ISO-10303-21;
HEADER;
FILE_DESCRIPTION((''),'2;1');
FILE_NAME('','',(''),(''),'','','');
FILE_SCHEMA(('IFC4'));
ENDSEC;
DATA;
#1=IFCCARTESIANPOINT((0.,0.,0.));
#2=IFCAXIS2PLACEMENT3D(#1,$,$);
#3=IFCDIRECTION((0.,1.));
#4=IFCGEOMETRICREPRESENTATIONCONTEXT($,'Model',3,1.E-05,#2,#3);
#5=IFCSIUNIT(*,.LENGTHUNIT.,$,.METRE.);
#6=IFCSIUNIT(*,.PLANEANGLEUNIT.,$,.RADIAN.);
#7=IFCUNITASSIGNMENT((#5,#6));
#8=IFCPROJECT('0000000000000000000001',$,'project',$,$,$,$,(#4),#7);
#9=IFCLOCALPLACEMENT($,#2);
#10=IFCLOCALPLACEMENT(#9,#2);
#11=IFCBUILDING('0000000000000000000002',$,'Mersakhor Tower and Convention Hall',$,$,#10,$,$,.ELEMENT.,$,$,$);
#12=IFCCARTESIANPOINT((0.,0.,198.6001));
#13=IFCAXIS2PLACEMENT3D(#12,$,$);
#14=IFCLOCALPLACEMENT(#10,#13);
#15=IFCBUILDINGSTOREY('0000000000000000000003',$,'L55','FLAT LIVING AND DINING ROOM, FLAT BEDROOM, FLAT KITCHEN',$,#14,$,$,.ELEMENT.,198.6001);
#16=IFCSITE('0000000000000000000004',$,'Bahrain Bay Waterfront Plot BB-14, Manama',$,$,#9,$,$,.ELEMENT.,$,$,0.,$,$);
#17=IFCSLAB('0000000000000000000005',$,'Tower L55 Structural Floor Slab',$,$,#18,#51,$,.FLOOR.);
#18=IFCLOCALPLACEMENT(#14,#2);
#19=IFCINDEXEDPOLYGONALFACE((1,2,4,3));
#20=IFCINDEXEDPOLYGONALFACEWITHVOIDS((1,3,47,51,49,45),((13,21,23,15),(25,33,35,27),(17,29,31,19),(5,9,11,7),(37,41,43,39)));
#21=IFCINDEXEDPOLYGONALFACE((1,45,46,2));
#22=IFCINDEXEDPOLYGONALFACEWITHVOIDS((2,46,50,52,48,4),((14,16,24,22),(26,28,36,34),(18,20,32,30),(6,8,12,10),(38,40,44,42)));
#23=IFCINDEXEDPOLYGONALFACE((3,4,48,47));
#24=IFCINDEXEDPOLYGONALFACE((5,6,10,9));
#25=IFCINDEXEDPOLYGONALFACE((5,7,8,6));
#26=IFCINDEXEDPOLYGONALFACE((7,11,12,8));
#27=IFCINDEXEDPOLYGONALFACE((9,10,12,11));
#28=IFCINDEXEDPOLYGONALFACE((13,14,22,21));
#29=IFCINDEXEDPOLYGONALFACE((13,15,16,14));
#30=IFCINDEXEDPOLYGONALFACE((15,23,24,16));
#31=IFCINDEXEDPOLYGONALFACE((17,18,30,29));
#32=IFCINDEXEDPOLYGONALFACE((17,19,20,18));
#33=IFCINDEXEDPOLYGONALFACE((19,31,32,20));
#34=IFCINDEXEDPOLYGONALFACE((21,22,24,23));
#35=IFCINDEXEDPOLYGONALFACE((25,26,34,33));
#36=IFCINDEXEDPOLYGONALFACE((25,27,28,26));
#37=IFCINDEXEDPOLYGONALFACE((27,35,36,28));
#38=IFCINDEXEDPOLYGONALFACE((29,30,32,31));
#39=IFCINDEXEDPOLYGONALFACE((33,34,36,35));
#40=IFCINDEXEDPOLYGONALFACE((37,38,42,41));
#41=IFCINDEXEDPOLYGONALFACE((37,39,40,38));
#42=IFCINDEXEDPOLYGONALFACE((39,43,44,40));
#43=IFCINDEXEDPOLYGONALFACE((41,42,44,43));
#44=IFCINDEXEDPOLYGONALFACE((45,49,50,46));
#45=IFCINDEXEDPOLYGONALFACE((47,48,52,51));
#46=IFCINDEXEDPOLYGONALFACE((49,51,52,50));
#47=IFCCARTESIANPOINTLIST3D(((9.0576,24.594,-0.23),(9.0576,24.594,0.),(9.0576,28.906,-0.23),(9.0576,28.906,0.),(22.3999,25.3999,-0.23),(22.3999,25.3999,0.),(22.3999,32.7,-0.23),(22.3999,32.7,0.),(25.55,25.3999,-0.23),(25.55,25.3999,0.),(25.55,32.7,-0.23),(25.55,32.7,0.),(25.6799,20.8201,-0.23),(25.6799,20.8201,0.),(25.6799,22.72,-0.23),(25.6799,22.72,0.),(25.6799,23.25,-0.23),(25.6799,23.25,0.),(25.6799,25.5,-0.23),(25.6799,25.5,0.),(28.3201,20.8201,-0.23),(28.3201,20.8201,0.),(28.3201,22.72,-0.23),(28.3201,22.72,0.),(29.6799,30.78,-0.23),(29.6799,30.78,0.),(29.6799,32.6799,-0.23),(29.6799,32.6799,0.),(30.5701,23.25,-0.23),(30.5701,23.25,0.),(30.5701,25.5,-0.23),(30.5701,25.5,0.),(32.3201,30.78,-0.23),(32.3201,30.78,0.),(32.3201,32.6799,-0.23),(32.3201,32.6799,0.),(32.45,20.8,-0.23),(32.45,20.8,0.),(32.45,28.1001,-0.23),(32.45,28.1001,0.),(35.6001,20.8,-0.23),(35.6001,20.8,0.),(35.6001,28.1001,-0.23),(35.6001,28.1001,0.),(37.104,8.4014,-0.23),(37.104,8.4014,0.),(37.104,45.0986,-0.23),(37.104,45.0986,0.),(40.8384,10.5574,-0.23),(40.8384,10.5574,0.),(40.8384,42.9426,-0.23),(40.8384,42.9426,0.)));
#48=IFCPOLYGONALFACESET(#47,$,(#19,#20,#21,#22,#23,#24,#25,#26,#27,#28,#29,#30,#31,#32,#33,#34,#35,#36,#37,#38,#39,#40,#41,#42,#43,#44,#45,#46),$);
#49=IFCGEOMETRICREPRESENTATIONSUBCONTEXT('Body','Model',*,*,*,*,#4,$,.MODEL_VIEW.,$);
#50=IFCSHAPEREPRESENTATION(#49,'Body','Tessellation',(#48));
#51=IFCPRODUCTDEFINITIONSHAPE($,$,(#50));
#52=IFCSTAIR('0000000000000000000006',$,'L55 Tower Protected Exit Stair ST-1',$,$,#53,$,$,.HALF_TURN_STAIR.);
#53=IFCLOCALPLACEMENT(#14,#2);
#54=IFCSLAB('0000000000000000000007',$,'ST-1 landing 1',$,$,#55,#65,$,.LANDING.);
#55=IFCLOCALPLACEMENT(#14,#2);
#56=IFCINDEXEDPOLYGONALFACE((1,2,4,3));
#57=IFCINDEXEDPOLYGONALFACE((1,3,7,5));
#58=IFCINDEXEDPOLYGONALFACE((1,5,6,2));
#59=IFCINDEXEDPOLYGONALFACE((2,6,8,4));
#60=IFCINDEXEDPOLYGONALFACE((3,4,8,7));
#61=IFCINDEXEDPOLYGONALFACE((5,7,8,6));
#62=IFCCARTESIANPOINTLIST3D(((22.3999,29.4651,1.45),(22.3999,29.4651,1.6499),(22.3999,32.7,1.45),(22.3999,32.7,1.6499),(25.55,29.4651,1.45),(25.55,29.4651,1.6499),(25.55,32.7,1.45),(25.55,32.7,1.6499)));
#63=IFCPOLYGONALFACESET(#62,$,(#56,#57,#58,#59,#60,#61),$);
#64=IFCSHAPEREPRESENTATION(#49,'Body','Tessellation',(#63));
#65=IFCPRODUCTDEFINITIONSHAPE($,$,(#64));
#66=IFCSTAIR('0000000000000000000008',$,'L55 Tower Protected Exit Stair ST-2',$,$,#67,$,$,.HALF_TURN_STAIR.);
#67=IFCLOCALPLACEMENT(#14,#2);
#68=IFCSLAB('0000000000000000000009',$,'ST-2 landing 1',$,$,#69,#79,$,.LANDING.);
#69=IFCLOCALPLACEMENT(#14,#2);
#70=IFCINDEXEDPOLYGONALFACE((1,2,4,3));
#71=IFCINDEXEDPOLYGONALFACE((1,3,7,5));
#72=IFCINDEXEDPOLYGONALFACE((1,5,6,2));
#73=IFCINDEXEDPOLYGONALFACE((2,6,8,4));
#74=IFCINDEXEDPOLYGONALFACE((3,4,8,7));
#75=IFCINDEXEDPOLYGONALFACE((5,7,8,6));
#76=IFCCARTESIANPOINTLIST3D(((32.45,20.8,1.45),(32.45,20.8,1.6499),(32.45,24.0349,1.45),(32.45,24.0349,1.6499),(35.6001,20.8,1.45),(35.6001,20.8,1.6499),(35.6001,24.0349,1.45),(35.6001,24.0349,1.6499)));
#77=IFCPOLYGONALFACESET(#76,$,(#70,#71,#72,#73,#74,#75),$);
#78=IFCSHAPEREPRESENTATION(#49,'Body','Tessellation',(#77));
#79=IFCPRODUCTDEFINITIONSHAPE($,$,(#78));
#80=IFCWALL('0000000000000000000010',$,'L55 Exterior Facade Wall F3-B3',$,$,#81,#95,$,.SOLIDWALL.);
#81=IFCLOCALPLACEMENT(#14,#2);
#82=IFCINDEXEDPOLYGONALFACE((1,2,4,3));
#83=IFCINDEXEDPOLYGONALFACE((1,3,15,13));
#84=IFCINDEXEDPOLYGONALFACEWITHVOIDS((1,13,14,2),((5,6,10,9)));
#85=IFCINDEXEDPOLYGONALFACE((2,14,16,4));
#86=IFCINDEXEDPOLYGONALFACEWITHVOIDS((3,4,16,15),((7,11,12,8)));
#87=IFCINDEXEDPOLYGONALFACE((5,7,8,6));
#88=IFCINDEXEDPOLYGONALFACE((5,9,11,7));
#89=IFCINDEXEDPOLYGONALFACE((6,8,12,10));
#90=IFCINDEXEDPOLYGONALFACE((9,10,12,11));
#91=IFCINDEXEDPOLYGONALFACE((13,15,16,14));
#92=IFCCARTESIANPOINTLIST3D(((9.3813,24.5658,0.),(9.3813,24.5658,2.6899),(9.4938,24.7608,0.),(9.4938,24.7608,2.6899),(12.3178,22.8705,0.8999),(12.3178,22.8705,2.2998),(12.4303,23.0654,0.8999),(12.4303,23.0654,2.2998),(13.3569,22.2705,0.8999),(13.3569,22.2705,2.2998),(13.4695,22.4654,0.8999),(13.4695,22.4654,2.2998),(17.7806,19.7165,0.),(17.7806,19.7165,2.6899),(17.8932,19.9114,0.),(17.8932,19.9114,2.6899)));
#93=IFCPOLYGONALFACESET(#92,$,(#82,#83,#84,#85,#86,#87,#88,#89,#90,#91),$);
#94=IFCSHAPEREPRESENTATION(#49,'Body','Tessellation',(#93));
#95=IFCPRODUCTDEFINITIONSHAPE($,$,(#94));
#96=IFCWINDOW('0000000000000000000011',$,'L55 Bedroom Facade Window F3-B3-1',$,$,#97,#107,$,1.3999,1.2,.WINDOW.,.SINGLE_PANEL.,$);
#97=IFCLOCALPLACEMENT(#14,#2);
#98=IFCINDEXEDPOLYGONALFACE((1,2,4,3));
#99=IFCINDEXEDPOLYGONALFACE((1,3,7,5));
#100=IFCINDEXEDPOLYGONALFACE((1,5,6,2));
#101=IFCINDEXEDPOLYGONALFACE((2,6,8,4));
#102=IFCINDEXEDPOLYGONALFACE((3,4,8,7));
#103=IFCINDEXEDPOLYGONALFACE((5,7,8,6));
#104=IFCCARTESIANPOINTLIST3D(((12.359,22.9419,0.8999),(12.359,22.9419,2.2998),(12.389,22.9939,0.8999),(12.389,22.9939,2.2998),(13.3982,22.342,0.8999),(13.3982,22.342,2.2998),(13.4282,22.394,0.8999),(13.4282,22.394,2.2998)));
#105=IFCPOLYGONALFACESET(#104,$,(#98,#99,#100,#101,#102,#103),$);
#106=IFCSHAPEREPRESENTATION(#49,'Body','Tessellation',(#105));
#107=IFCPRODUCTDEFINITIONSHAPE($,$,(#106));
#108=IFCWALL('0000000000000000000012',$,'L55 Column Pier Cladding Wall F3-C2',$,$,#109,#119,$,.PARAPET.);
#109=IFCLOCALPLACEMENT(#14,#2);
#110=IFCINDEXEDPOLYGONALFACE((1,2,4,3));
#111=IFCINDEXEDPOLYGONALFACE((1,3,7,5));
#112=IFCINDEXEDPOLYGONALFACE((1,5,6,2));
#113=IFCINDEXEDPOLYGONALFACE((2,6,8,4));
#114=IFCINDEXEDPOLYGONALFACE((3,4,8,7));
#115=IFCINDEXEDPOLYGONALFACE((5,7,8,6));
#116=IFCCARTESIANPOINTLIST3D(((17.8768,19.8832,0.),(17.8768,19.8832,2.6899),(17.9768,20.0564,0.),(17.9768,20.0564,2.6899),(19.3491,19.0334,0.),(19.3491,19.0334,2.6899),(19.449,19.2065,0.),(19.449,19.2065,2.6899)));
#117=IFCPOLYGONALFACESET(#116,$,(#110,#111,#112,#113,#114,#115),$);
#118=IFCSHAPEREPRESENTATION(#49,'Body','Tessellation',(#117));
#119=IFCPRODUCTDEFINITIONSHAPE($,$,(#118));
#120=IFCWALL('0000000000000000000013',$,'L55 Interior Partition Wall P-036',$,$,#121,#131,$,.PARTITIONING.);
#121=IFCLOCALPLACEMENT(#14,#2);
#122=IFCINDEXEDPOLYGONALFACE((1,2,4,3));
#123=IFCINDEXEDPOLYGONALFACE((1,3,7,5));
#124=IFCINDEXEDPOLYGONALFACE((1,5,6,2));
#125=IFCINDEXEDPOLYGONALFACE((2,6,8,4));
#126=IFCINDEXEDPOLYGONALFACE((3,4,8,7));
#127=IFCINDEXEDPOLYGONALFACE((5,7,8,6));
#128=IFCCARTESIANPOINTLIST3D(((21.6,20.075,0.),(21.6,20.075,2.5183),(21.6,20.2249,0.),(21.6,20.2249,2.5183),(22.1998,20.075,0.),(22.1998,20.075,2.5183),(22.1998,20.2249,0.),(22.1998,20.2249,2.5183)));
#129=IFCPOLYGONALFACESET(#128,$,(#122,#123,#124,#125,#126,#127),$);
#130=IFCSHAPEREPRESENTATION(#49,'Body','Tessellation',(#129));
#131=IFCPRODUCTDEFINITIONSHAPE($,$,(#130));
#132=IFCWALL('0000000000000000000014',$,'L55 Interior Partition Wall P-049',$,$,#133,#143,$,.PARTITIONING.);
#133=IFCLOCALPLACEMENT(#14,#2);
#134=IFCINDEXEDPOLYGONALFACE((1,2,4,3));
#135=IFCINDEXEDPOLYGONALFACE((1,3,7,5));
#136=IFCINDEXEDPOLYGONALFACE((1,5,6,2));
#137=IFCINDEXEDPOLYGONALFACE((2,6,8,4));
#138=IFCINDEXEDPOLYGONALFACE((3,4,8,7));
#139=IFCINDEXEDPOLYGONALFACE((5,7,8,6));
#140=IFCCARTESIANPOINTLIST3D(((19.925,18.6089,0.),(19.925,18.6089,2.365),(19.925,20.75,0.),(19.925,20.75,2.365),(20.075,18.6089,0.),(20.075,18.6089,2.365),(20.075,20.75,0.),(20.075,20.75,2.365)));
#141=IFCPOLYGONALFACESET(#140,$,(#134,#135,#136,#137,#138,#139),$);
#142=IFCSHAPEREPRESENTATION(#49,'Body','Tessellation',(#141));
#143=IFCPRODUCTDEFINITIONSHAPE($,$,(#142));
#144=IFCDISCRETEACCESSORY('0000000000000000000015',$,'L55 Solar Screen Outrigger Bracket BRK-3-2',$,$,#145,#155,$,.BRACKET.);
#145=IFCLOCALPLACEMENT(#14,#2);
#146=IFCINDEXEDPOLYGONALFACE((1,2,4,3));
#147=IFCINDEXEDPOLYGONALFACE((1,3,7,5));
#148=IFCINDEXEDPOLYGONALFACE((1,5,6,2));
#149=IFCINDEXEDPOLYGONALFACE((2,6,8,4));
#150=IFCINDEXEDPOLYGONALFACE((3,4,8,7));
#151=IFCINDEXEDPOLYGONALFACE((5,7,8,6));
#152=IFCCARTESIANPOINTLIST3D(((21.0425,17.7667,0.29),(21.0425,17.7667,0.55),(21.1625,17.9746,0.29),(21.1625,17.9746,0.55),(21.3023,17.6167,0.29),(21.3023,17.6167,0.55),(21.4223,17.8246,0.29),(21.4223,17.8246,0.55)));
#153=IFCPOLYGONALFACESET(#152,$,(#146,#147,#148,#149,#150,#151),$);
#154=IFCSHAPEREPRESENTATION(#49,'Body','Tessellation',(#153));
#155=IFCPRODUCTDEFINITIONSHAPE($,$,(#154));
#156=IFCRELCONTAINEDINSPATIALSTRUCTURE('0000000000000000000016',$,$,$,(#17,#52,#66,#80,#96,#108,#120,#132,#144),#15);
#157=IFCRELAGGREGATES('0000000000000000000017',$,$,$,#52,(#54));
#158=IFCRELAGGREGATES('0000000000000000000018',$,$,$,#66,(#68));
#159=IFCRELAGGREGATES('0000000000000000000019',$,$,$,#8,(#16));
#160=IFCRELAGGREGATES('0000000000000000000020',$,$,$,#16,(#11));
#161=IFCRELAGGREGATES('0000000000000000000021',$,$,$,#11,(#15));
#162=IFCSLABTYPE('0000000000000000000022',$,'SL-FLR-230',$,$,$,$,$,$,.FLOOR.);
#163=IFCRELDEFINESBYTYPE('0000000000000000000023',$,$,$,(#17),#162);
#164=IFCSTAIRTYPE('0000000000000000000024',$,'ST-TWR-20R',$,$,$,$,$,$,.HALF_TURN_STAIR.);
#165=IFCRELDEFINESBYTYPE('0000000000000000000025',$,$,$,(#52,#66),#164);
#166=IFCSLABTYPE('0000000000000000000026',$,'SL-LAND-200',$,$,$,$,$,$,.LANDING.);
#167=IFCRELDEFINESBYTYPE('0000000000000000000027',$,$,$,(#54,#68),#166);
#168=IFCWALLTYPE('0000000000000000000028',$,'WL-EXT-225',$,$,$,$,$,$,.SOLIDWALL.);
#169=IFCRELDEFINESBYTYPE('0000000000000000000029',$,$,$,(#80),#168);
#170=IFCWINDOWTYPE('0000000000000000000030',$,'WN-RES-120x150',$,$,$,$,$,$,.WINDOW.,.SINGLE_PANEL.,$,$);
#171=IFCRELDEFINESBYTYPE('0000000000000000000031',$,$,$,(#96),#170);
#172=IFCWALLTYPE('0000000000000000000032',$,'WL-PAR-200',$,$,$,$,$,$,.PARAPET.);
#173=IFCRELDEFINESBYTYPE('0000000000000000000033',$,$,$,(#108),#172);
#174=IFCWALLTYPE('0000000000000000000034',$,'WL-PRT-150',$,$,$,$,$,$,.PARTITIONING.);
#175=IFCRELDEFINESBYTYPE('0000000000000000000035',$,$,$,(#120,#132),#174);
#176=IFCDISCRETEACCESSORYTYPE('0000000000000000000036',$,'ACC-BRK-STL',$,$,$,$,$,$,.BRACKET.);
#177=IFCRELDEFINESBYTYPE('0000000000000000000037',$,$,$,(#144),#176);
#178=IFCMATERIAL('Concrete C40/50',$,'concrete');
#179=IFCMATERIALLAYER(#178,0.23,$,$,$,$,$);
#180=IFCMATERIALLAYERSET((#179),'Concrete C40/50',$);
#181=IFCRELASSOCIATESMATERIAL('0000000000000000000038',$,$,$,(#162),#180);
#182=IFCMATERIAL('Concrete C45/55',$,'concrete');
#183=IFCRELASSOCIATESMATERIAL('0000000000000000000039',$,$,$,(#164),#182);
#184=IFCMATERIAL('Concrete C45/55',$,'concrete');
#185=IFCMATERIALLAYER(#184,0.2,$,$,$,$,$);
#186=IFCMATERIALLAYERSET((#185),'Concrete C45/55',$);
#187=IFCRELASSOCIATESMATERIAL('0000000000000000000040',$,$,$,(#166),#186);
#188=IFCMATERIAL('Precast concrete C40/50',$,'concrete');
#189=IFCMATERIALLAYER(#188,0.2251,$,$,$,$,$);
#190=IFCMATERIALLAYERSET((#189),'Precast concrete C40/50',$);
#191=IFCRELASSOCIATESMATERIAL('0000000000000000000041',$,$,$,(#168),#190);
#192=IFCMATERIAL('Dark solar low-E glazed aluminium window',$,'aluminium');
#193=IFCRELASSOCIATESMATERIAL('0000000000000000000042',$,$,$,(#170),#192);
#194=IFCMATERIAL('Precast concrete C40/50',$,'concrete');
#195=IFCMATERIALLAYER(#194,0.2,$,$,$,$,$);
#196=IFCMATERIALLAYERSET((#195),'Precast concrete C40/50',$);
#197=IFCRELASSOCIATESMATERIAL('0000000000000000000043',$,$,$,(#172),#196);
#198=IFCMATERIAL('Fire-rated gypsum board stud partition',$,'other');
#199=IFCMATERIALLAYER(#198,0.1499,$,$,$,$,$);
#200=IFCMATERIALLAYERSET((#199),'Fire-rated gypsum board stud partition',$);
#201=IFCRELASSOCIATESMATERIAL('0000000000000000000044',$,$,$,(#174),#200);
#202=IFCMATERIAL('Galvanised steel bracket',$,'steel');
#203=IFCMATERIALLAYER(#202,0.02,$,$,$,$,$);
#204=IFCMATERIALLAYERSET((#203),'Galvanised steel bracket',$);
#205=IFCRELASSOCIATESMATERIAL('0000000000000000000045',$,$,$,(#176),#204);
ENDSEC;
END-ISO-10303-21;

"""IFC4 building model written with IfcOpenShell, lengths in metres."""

from ifc_helpers import new_model, si_unit, direction, frame, frame_2d, origin, origin_2d, place, context, subcontext, project, spatial, polyline, rectangle, outline, extrude, material, layer, layer_set, type_object, element, fill, aggregate, save


model = new_model("IFC4")

# Units and contexts
model_context = context("Model", 3, precision=1e-05, world=origin(), true_north=direction((0.0, 1.0)))
body_context = subcontext(model_context, "Body", "Model", "MODEL_VIEW")
ifc_project = project(units=[si_unit("LENGTHUNIT", "METRE"), si_unit("PLANEANGLEUNIT", "RADIAN")], contexts=[model_context])

# Site, building, storey
site_placement = place(None, origin())
site = spatial("IfcSite", under=ifc_project, at=site_placement, Name="Bahrain Bay Waterfront Plot BB-14, Manama", CompositionType="ELEMENT", RefElevation=0.0)
building_placement = place(site_placement, origin())
building = spatial("IfcBuilding", under=site, at=building_placement, Name="Mersakhor Tower and Convention Hall", CompositionType="ELEMENT")
storey_placement = place(building_placement, frame((0.0, 0.0, 198.6001)))
storey = spatial("IfcBuildingStorey", under=building, at=storey_placement, Name="L55", Description="FLAT LIVING AND DINING ROOM, FLAT BEDROOM, FLAT KITCHEN", CompositionType="ELEMENT", Elevation=198.6001)

# Slab
ifc_material_1 = material(Name="Concrete C40/50", Category="concrete")
ifc_layer_1 = layer(ifc_material_1, 0.23)
ifc_layer_set_1 = layer_set([ifc_layer_1], Name="Concrete C40/50")
slab_type_1 = type_object("IfcSlabType", Name="SL-FLR-230", PredefinedType="FLOOR", material=ifc_layer_set_1)
slab_1_placement = place(storey_placement, frame((0.0, 0.0, -0.23)))
element("IfcSlab", 1, at=slab_1_placement, inside=storey, type_object=slab_type_1, Name="Tower L55 Structural Floor Slab", PredefinedType="FLOOR", context=body_context, shape_type="SweptSolid", body=[
    extrude(outline(polyline([(9.0576, 28.906), (37.104, 45.0986), (40.8384, 42.9426), (40.8384, 10.5574), (37.104, 8.4014), (9.0576, 24.594), (9.0576, 28.906)]), holes=[polyline([(25.55, 25.3999), (25.55, 32.7), (22.3999, 32.7), (22.3999, 25.3999), (25.55, 25.3999)]), polyline([(32.45, 28.1001), (32.45, 20.8), (35.6001, 20.8), (35.6001, 28.1001), (32.45, 28.1001)]), polyline([(25.6799, 20.8201), (25.6799, 22.72), (28.3201, 22.72), (28.3201, 20.8201), (25.6799, 20.8201)]), polyline([(29.6799, 30.78), (29.6799, 32.6799), (32.3201, 32.6799), (32.3201, 30.78), (29.6799, 30.78)]), polyline([(25.6799, 23.25), (25.6799, 25.5), (30.5701, 25.5), (30.5701, 23.25), (25.6799, 23.25)])]), origin(), (0.0, 0.0, 1.0), 0.23),
])

# Stairs, slabs
ifc_material_2 = material(Name="Concrete C45/55", Category="concrete")
stair_type = type_object("IfcStairType", Name="ST-TWR-20R", PredefinedType="HALF_TURN_STAIR", material=ifc_material_2)
stair_1_placement = place(storey_placement, origin())
stair_1 = element("IfcStair", 2, at=stair_1_placement, inside=storey, type_object=stair_type, Name="L55 Tower Protected Exit Stair ST-1", PredefinedType="HALF_TURN_STAIR")
ifc_material_3 = material(Name="Concrete C45/55", Category="concrete")
ifc_layer_2 = layer(ifc_material_3, 0.2)
ifc_layer_set_2 = layer_set([ifc_layer_2], Name="Concrete C45/55")
slab_type_2 = type_object("IfcSlabType", Name="SL-LAND-200", PredefinedType="LANDING", material=ifc_layer_set_2)
slab_2_placement = place(storey_placement, frame((0.0, 0.0, 1.45)))
slab_2 = element("IfcSlab", 3, at=slab_2_placement, type_object=slab_type_2, Name="ST-1 landing 1", PredefinedType="LANDING", context=body_context, shape_type="SweptSolid", body=[
    extrude(outline(polyline([(25.55, 29.4651), (25.55, 32.7), (22.3999, 32.7), (22.3999, 29.4651), (25.55, 29.4651)])), origin(), (0.0, 0.0, 1.0), 0.2),
])
aggregate(stair_1, [slab_2])
stair_2_placement = place(storey_placement, origin())
stair_2 = element("IfcStair", 4, at=stair_2_placement, inside=storey, type_object=stair_type, Name="L55 Tower Protected Exit Stair ST-2", PredefinedType="HALF_TURN_STAIR")
slab_3_placement = place(storey_placement, frame((0.0, 0.0, 1.45)))
slab_3 = element("IfcSlab", 5, at=slab_3_placement, type_object=slab_type_2, Name="ST-2 landing 1", PredefinedType="LANDING", context=body_context, shape_type="SweptSolid", body=[
    extrude(outline(polyline([(32.45, 24.0349), (32.45, 20.8), (35.6001, 20.8), (35.6001, 24.0349), (32.45, 24.0349)])), origin(), (0.0, 0.0, 1.0), 0.2),
])
aggregate(stair_2, [slab_3])

# Wall, opening, window
ifc_material_4 = material(Name="Precast concrete C40/50", Category="concrete")
ifc_layer_3 = layer(ifc_material_4, 0.2251)
ifc_layer_set_3 = layer_set([ifc_layer_3], Name="Precast concrete C40/50")
wall_type_1 = type_object("IfcWallType", Name="WL-EXT-225", PredefinedType="SOLIDWALL", material=ifc_layer_set_3)
wall_1_placement = place(storey_placement, frame((17.8369, 19.814, 0.0), z_axis=(0.0, 0.0, 1.0), x_axis=(-0.866027, 0.499997, 0.0)))
wall_1 = element("IfcWall", 6, at=wall_1_placement, inside=storey, type_object=wall_type_1, Name="L55 Exterior Facade Wall F3-B3", PredefinedType="SOLIDWALL", context=body_context, shape_type="SweptSolid", body=[
    extrude(rectangle(XDim=9.6987, YDim=0.2251, at=frame_2d((4.8494, 0.0))), origin(), (0.0, 0.0, 1.0), 2.6899),
])
opening_placement = place(wall_1_placement, frame((5.1079, 0.0, 0.8999)))
opening = element("IfcOpeningElement", 7, at=opening_placement, cuts=wall_1, PredefinedType="OPENING", context=body_context, shape_type="SweptSolid", body=[
    extrude(rectangle(XDim=1.2, YDim=1.3999, at=frame_2d((0.6001, 0.7))), frame((0.0, 0.1226, 0.0), z_axis=(0.0, -1.0, 0.0), x_axis=(1.0, 0.0, 0.0)), (0.0, 0.0, 1.0), 0.2451),
])
ifc_material_5 = material(Name="Dark solar low-E glazed aluminium window", Category="aluminium")
window_type = type_object("IfcWindowType", Name="WN-RES-120x150", PartitioningType="SINGLE_PANEL", PredefinedType="WINDOW", material=ifc_material_5)
window_placement = place(opening_placement, origin())
window = element("IfcWindow", 8, at=window_placement, inside=storey, type_object=window_type, Name="L55 Bedroom Facade Window F3-B3-1", OverallHeight=1.3999, OverallWidth=1.2, PartitioningType="SINGLE_PANEL", PredefinedType="WINDOW", context=body_context, shape_type="SweptSolid", body=[
    extrude(rectangle(XDim=1.2, YDim=1.3999, at=frame_2d((0.6001, 0.7))), frame((0.0, 0.03, 0.0), z_axis=(0.0, -1.0, 0.0), x_axis=(1.0, 0.0, 0.0)), (0.0, 0.0, 1.0), 0.0601),
])
fill(opening, window)

# Walls
ifc_material_6 = material(Name="Precast concrete C40/50", Category="concrete")
ifc_layer_4 = layer(ifc_material_6, 0.2)
ifc_layer_set_4 = layer_set([ifc_layer_4], Name="Precast concrete C40/50")
wall_type_2 = type_object("IfcWallType", Name="WL-PAR-200", PredefinedType="PARAPET", material=ifc_layer_set_4)
wall_2_placement = place(storey_placement, frame((19.3992, 19.1199, 0.0), z_axis=(0.0, 0.0, 1.0), x_axis=(-0.866052, 0.499955, 0.0)))
element("IfcWall", 9, at=wall_2_placement, inside=storey, type_object=wall_type_2, Name="L55 Column Pier Cladding Wall F3-C2", PredefinedType="PARAPET", context=body_context, shape_type="SweptSolid", body=[
    extrude(rectangle(XDim=1.7, YDim=0.2, at=frame_2d((0.8501, 0.0))), origin(), (0.0, 0.0, 1.0), 2.6899),
])
ifc_material_7 = material(Name="Fire-rated gypsum board stud partition", Category="other")
ifc_layer_5 = layer(ifc_material_7, 0.1499)
ifc_layer_set_5 = layer_set([ifc_layer_5], Name="Fire-rated gypsum board stud partition")
wall_type_3 = type_object("IfcWallType", Name="WL-PRT-150", PredefinedType="PARTITIONING", material=ifc_layer_set_5)
wall_3_placement = place(storey_placement, frame((21.6001, 20.1499, 0.0), z_axis=(0.0, 0.0, 1.0), x_axis=(1.0, 0.0, 0.0)))
element("IfcWall", 10, at=wall_3_placement, inside=storey, type_object=wall_type_3, Name="L55 Interior Partition Wall P-036", PredefinedType="PARTITIONING", context=body_context, shape_type="SweptSolid", body=[
    extrude(rectangle(XDim=0.5999, YDim=0.1499, at=frame_2d((0.2998, 0.0))), origin(), (0.0, 0.0, 1.0), 2.5183),
])
wall_4_placement = place(storey_placement, frame((20.0, 18.6089, 0.0), z_axis=(0.0, 0.0, 1.0), x_axis=(0.0, 1.0, 0.0)))
element("IfcWall", 11, at=wall_4_placement, inside=storey, type_object=wall_type_3, Name="L55 Interior Partition Wall P-049", PredefinedType="PARTITIONING", context=body_context, shape_type="SweptSolid", body=[
    extrude(rectangle(XDim=2.1411, YDim=0.1499, at=frame_2d((1.0706, 0.0))), origin(), (0.0, 0.0, 1.0), 2.365),
])

# Discrete accessory
ifc_material_8 = material(Name="Galvanised steel bracket", Category="steel")
ifc_layer_6 = layer(ifc_material_8, 0.02)
ifc_layer_set_6 = layer_set([ifc_layer_6], Name="Galvanised steel bracket")
discrete_accessory_type = type_object("IfcDiscreteAccessoryType", Name="ACC-BRK-STL", PredefinedType="BRACKET", material=ifc_layer_set_6)
discrete_accessory_placement = place(storey_placement, frame((21.2324, 17.7957, 0.29), z_axis=(0.0, 0.0, 1.0), x_axis=(-0.866025, 0.5, 0.0)))
element("IfcDiscreteAccessory", 12, at=discrete_accessory_placement, inside=storey, type_object=discrete_accessory_type, Name="L55 Solar Screen Outrigger Bracket BRK-3-2", PredefinedType="BRACKET", context=body_context, shape_type="SweptSolid", body=[
    extrude(rectangle(XDim=0.3, YDim=0.24, at=origin_2d()), origin(), (0.0, 0.0, 1.0), 0.26),
])

save(model, "model.ifc")
